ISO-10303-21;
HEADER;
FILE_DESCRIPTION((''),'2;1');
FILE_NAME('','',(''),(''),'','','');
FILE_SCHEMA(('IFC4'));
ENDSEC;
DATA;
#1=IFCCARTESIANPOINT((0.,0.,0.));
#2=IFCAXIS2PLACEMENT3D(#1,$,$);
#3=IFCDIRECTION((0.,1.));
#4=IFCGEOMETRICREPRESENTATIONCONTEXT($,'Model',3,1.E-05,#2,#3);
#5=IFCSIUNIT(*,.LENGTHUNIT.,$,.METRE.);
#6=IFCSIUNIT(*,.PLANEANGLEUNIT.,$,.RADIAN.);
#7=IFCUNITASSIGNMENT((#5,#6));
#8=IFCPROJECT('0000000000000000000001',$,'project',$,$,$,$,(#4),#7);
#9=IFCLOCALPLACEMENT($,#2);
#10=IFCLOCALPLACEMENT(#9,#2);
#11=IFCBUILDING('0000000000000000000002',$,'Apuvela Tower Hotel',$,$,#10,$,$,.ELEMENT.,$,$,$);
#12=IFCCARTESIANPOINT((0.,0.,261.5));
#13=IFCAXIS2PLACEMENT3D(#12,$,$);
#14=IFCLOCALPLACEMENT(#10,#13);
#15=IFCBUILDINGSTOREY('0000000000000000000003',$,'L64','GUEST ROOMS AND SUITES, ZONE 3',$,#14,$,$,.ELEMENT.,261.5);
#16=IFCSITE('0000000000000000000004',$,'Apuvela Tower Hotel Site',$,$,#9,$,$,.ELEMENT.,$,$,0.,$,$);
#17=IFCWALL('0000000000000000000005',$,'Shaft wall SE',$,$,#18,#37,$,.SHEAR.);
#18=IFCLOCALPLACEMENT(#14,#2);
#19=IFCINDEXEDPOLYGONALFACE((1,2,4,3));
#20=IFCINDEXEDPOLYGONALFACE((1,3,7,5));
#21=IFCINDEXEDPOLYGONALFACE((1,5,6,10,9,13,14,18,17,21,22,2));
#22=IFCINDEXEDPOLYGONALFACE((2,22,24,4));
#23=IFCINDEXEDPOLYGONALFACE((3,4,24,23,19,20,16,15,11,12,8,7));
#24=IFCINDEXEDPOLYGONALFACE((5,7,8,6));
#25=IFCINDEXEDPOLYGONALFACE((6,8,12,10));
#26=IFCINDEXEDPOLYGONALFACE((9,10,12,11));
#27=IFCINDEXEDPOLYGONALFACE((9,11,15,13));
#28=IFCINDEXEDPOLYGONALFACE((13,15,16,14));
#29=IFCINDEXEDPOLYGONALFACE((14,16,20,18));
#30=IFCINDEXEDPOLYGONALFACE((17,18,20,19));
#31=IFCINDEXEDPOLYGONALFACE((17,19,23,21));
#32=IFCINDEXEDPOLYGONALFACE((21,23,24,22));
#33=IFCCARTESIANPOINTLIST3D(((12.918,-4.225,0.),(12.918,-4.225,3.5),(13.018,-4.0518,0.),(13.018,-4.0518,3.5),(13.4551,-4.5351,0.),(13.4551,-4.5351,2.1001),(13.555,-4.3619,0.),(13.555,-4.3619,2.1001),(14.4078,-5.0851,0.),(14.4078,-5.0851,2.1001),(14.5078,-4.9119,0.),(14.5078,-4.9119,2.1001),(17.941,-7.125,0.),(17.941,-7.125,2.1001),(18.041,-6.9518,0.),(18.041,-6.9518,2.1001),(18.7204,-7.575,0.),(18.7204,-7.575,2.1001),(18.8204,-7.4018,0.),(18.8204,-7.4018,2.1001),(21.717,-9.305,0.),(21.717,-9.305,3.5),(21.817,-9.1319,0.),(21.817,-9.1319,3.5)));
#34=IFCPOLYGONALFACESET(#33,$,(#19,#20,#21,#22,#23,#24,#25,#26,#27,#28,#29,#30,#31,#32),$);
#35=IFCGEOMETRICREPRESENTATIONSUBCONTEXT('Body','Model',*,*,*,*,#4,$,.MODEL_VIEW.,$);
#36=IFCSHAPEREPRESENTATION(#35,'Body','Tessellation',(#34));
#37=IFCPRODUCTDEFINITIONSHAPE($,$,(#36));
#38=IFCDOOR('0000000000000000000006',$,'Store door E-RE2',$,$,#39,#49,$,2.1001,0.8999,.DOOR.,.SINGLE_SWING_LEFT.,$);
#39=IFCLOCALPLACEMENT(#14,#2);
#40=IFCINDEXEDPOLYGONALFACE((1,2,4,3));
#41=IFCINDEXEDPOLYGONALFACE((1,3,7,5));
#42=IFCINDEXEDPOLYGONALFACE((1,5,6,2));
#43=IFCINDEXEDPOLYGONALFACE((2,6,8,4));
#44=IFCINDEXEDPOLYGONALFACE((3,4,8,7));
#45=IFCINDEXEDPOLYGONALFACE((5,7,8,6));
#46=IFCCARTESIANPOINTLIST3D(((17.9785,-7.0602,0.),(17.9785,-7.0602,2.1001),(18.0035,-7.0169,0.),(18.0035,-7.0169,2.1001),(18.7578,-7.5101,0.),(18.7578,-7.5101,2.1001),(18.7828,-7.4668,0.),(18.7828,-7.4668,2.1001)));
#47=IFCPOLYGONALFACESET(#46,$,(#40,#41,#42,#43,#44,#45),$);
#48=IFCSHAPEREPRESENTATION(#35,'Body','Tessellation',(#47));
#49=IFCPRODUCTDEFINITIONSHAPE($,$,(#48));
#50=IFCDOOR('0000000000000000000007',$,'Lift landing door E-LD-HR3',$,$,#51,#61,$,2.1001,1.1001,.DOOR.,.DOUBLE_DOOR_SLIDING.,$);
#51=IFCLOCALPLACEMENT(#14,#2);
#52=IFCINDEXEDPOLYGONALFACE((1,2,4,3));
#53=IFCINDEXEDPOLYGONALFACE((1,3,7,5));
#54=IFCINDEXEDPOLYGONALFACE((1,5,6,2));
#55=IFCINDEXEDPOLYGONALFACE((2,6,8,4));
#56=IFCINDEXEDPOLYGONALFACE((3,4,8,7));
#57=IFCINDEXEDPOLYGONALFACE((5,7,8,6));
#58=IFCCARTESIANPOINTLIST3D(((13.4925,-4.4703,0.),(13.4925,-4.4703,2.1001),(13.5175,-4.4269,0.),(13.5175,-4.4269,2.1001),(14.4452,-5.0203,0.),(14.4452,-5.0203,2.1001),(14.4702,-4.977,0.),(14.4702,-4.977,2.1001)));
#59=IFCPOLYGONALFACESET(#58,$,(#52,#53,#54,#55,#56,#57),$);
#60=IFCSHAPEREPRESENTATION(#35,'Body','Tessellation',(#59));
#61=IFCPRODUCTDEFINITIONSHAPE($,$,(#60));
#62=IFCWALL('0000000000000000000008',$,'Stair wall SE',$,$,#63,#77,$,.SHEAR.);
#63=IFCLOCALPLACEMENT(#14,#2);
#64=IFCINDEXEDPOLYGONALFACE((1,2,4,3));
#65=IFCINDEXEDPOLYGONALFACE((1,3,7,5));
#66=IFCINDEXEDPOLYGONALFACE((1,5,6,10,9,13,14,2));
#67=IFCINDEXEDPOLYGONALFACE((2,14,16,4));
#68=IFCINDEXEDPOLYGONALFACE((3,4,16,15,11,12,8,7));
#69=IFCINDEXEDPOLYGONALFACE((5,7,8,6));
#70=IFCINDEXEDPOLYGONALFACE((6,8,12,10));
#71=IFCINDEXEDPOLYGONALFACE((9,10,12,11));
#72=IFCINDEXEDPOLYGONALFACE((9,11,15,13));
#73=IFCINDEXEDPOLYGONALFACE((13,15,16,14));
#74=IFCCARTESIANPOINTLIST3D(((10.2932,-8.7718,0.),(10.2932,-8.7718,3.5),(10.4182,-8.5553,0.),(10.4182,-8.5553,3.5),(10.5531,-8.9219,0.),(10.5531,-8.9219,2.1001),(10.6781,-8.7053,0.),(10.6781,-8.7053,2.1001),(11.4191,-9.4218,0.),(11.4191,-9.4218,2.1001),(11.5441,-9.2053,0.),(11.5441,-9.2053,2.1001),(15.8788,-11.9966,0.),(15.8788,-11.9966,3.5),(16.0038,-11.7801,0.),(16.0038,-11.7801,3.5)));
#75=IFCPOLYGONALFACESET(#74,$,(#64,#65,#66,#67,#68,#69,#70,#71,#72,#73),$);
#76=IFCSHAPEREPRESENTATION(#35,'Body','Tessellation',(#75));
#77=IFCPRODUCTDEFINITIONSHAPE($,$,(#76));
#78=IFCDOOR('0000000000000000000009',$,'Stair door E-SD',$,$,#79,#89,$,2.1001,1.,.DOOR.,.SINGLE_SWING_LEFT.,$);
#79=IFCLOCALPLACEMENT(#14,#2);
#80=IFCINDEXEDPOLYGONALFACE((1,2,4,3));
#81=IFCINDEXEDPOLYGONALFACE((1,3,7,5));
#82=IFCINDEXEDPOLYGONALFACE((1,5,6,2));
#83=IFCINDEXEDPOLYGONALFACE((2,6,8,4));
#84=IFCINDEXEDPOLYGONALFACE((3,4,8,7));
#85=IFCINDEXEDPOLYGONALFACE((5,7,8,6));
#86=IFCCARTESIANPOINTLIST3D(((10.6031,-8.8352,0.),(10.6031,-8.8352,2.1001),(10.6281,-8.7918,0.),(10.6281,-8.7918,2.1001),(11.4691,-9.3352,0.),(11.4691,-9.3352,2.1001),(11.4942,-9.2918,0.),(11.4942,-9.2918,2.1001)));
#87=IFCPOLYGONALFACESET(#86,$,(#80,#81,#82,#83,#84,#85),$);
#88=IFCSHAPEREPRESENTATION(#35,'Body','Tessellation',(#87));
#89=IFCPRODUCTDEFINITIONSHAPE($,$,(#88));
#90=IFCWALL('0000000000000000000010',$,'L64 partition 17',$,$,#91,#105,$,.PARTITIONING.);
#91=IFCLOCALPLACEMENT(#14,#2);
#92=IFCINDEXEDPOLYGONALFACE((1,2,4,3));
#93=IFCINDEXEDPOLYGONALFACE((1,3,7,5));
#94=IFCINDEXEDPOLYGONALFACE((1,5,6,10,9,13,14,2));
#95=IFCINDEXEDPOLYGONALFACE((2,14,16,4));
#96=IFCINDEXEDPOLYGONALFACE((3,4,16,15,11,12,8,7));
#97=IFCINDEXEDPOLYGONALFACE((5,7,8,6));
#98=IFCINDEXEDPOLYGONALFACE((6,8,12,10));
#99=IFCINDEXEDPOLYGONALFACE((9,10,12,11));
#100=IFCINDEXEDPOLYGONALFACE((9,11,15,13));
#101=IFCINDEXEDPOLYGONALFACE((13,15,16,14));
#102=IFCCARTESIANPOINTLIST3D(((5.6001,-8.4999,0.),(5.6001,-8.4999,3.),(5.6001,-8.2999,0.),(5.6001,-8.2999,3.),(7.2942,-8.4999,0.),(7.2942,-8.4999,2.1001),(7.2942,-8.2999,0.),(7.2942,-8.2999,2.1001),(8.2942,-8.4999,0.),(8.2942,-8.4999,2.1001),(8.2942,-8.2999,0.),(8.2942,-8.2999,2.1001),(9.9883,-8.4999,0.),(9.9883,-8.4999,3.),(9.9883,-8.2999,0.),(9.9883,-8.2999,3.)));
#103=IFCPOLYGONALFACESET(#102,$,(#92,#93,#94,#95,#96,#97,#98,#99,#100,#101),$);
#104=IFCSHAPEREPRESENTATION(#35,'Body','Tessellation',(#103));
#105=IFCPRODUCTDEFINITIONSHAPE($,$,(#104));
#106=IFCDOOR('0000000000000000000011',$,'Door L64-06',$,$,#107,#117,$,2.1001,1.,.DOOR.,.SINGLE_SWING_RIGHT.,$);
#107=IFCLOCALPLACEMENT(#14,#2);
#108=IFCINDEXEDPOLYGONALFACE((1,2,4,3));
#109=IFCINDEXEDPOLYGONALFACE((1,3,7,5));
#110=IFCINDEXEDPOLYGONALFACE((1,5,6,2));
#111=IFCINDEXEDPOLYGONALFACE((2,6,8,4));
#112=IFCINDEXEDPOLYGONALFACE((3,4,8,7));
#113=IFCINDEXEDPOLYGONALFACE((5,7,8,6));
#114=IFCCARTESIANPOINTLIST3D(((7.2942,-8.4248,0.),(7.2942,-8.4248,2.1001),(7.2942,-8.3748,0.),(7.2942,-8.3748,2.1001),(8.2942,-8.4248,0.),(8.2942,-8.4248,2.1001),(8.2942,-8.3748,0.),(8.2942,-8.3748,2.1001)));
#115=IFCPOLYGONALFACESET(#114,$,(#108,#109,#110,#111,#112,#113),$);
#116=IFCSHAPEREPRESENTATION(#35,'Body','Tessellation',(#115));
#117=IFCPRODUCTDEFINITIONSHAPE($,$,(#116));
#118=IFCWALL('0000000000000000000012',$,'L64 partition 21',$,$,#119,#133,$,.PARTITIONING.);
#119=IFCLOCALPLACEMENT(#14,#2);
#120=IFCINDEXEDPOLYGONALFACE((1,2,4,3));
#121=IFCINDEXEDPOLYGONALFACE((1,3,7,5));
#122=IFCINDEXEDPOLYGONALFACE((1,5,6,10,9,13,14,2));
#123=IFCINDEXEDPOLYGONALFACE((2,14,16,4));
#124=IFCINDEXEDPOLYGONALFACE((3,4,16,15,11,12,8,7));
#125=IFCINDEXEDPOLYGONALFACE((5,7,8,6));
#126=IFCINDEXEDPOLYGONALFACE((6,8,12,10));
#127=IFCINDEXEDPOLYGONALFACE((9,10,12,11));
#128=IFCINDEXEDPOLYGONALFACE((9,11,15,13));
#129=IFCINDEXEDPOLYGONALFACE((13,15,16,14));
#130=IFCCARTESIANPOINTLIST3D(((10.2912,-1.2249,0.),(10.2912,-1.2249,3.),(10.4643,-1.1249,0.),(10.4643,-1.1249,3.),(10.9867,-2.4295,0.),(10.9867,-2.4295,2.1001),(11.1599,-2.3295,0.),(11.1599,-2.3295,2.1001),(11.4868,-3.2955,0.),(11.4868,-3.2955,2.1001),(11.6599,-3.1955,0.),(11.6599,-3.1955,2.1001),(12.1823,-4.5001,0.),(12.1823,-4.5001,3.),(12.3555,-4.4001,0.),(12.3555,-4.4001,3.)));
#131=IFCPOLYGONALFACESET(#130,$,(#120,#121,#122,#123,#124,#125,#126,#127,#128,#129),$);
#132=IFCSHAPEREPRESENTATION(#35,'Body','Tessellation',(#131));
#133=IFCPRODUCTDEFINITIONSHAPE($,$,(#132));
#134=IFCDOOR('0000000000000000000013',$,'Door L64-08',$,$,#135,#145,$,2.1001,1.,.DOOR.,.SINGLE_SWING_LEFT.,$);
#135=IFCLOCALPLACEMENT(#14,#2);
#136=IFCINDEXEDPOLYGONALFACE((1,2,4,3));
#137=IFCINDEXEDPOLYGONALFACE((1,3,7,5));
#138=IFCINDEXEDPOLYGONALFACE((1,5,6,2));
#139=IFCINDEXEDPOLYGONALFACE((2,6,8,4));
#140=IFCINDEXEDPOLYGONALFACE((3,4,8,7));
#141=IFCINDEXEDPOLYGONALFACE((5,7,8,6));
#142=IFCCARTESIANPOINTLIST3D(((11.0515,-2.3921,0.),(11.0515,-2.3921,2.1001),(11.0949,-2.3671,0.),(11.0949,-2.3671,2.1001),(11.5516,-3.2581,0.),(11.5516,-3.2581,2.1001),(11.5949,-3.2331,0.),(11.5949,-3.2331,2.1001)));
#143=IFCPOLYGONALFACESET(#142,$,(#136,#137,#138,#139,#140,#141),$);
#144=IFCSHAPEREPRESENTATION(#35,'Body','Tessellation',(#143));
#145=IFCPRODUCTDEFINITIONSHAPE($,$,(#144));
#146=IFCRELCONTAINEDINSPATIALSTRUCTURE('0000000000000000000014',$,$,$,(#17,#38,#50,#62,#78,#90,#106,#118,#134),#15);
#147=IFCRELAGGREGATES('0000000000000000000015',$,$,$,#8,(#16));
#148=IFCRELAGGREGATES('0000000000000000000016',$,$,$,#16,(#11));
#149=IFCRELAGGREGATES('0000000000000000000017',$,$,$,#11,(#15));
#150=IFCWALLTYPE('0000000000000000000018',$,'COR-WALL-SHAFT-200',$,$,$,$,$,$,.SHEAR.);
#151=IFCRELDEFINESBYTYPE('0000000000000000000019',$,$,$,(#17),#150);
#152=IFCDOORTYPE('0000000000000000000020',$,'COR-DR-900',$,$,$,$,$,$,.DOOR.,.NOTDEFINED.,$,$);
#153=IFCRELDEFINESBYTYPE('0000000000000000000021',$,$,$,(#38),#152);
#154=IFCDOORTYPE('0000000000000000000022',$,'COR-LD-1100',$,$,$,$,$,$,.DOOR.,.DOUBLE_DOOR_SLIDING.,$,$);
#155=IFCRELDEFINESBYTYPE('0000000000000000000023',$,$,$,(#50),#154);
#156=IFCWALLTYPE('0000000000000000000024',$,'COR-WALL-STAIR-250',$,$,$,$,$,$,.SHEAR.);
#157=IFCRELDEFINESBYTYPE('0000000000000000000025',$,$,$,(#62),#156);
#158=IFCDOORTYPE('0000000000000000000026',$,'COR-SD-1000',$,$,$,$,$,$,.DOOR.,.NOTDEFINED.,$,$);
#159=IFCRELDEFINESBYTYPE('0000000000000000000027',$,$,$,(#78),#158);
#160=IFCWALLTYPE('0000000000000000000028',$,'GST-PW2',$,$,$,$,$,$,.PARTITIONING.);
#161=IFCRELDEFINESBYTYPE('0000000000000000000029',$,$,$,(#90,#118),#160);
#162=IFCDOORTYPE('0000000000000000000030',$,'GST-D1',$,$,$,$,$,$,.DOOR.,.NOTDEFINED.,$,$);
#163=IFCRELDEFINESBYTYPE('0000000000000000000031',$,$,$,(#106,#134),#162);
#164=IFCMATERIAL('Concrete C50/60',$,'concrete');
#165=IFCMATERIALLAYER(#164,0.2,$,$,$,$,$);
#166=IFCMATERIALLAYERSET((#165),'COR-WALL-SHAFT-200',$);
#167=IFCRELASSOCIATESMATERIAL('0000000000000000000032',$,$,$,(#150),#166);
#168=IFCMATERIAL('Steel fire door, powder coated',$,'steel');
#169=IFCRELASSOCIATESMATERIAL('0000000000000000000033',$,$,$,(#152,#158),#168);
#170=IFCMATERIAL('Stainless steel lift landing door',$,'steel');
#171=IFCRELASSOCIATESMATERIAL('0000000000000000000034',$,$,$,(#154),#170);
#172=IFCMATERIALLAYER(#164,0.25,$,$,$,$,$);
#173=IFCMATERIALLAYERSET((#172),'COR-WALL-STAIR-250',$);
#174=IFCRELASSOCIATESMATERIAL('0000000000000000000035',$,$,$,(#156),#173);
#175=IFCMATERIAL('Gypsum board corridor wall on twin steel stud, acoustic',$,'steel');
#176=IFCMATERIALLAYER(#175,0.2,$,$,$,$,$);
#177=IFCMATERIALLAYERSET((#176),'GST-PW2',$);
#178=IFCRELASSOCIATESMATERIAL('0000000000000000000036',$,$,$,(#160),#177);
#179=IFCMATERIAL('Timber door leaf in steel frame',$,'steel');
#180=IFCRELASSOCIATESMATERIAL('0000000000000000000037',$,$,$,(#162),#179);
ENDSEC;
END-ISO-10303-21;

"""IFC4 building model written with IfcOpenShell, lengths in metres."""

from ifc_helpers import new_model, si_unit, direction, frame, frame_2d, origin, place, context, subcontext, project, spatial, rectangle, extrude, material, layer, layer_set, type_object, element, fill, save


model = new_model("IFC4")

# Units and contexts
model_context = context("Model", 3, precision=1e-05, world=origin(), true_north=direction((0.0, 1.0)))
body_context = subcontext(model_context, "Body", "Model", "MODEL_VIEW")
ifc_project = project(units=[si_unit("LENGTHUNIT", "METRE"), si_unit("PLANEANGLEUNIT", "RADIAN")], contexts=[model_context])

# Site, building, storey
site_placement = place(None, origin())
site = spatial("IfcSite", under=ifc_project, at=site_placement, Name="Apuvela Tower Hotel Site", CompositionType="ELEMENT", RefElevation=0.0)
building_placement = place(site_placement, origin())
building = spatial("IfcBuilding", under=site, at=building_placement, Name="Apuvela Tower Hotel", CompositionType="ELEMENT")
storey_placement = place(building_placement, frame((0.0, 0.0, 261.5)))
storey = spatial("IfcBuildingStorey", under=building, at=storey_placement, Name="L64", Description="GUEST ROOMS AND SUITES, ZONE 3", CompositionType="ELEMENT", Elevation=261.5)

# Shared definitions
ifc_material_1 = material(Name="Concrete C50/60", Category="concrete")
ifc_material_2 = material(Name="Steel fire door, powder coated", Category="steel")

# Shared definitions
ifc_layer_1 = layer(ifc_material_1, 0.2)
ifc_layer_set_1 = layer_set([ifc_layer_1], Name="COR-WALL-SHAFT-200")
wall_type_1 = type_object("IfcWallType", Name="COR-WALL-SHAFT-200", PredefinedType="SHEAR", material=ifc_layer_set_1)
ifc_material_3 = material(Name="Stainless steel lift landing door", Category="steel")

# Wall, openings, doors
wall_1_placement = place(storey_placement, frame((12.968, -4.1384, 0.0), z_axis=(0.0, 0.0, 1.0), x_axis=(0.866028, -0.499995, 0.0)))
wall_1 = element("IfcWall", 1, at=wall_1_placement, inside=storey, type_object=wall_type_1, Name="Shaft wall SE", PredefinedType="SHEAR", context=body_context, shape_type="SweptSolid", body=[
    extrude(rectangle(XDim=10.1602, YDim=0.2, at=frame_2d((5.0801, 0.0))), origin(), (0.0, 0.0, 1.0), 3.5),
])
opening_1_placement = place(wall_1_placement, frame((0.6201, 0.0, 0.0)))
opening_1 = element("IfcOpeningElement", 2, at=opening_1_placement, cuts=wall_1, PredefinedType="OPENING", context=body_context, shape_type="SweptSolid", body=[
    extrude(rectangle(XDim=1.1001, YDim=2.1001, at=frame_2d((0.55, 1.05))), frame((0.0, 0.1099, 0.0), z_axis=(0.0, -1.0, 0.0), x_axis=(1.0, 0.0, 0.0)), (0.0, 0.0, 1.0), 0.22),
])
opening_2_placement = place(wall_1_placement, frame((5.8, 0.0, 0.0)))
opening_2 = element("IfcOpeningElement", 3, at=opening_2_placement, cuts=wall_1, PredefinedType="OPENING", context=body_context, shape_type="SweptSolid", body=[
    extrude(rectangle(XDim=0.8999, YDim=2.1001, at=frame_2d((0.45, 1.05))), frame((0.0, 0.1099, 0.0), z_axis=(0.0, -1.0, 0.0), x_axis=(1.0, 0.0, 0.0)), (0.0, 0.0, 1.0), 0.22),
])
door_type_1 = type_object("IfcDoorType", Name="COR-DR-900", OperationType="NOTDEFINED", PredefinedType="DOOR", material=ifc_material_2)
door_1_placement = place(opening_2_placement, origin())
door_1 = element("IfcDoor", 4, at=door_1_placement, inside=storey, type_object=door_type_1, Name="Store door E-RE2", OperationType="SINGLE_SWING_LEFT", OverallHeight=2.1001, OverallWidth=0.8999, PredefinedType="DOOR", context=body_context, shape_type="SweptSolid", body=[
    extrude(rectangle(XDim=0.8999, YDim=2.1001, at=frame_2d((0.45, 1.05))), frame((0.0, 0.0249, 0.0), z_axis=(0.0, -1.0, 0.0), x_axis=(1.0, 0.0, 0.0)), (0.0, 0.0, 1.0), 0.05),
])
fill(opening_2, door_1)
door_type_2 = type_object("IfcDoorType", Name="COR-LD-1100", OperationType="DOUBLE_DOOR_SLIDING", PredefinedType="DOOR", material=ifc_material_3)
door_2_placement = place(opening_1_placement, origin())
door_2 = element("IfcDoor", 5, at=door_2_placement, inside=storey, type_object=door_type_2, Name="Lift landing door E-LD-HR3", OperationType="DOUBLE_DOOR_SLIDING", OverallHeight=2.1001, OverallWidth=1.1001, PredefinedType="DOOR", context=body_context, shape_type="SweptSolid", body=[
    extrude(rectangle(XDim=1.1001, YDim=2.1001, at=frame_2d((0.55, 1.05))), frame((0.0, 0.0249, 0.0), z_axis=(0.0, -1.0, 0.0), x_axis=(1.0, 0.0, 0.0)), (0.0, 0.0, 1.0), 0.05),
])
fill(opening_1, door_2)

# Walls, openings, doors
ifc_layer_2 = layer(ifc_material_1, 0.25)
ifc_layer_set_2 = layer_set([ifc_layer_2], Name="COR-WALL-STAIR-250")
wall_type_2 = type_object("IfcWallType", Name="COR-WALL-STAIR-250", PredefinedType="SHEAR", material=ifc_layer_set_2)
wall_2_placement = place(storey_placement, frame((10.3557, -8.6636, 0.0), z_axis=(0.0, 0.0, 1.0), x_axis=(0.866029, -0.499994, 0.0)))
wall_2 = element("IfcWall", 6, at=wall_2_placement, inside=storey, type_object=wall_type_2, Name="Stair wall SE", PredefinedType="SHEAR", context=body_context, shape_type="SweptSolid", body=[
    extrude(rectangle(XDim=6.4497, YDim=0.25, at=frame_2d((3.2249, 0.0))), origin(), (0.0, 0.0, 1.0), 3.5),
])
opening_3_placement = place(wall_2_placement, frame((0.3, 0.0, 0.0)))
opening_3 = element("IfcOpeningElement", 7, at=opening_3_placement, cuts=wall_2, PredefinedType="OPENING", context=body_context, shape_type="SweptSolid", body=[
    extrude(rectangle(XDim=1.0, YDim=2.1001, at=frame_2d((0.5, 1.05))), frame((0.0, 0.135, 0.0), z_axis=(0.0, -1.0, 0.0), x_axis=(1.0, 0.0, 0.0)), (0.0, 0.0, 1.0), 0.27),
])
door_type_3 = type_object("IfcDoorType", Name="COR-SD-1000", OperationType="NOTDEFINED", PredefinedType="DOOR", material=ifc_material_2)
door_3_placement = place(opening_3_placement, frame((1.0, 0.0, 0.0), z_axis=(0.0, 0.0, 1.0), x_axis=(-1.0, 0.0, 0.0)))
door_3 = element("IfcDoor", 8, at=door_3_placement, inside=storey, type_object=door_type_3, Name="Stair door E-SD", OperationType="SINGLE_SWING_LEFT", OverallHeight=2.1001, OverallWidth=1.0, PredefinedType="DOOR", context=body_context, shape_type="SweptSolid", body=[
    extrude(rectangle(XDim=1.0, YDim=2.1001, at=frame_2d((0.5, 1.05))), frame((0.0, 0.0249, 0.0), z_axis=(0.0, -1.0, 0.0), x_axis=(1.0, 0.0, 0.0)), (0.0, 0.0, 1.0), 0.05),
])
fill(opening_3, door_3)
ifc_material_4 = material(Name="Gypsum board corridor wall on twin steel stud, acoustic", Category="steel")
ifc_layer_3 = layer(ifc_material_4, 0.2)
ifc_layer_set_3 = layer_set([ifc_layer_3], Name="GST-PW2")
wall_type_3 = type_object("IfcWallType", Name="GST-PW2", PredefinedType="PARTITIONING", material=ifc_layer_set_3)
wall_3_placement = place(storey_placement, frame((9.9883, -8.3999, 0.0), z_axis=(0.0, 0.0, 1.0), x_axis=(-1.0, 0.0, 0.0)))
wall_3 = element("IfcWall", 9, at=wall_3_placement, inside=storey, type_object=wall_type_3, Name="L64 partition 17", PredefinedType="PARTITIONING", context=body_context, shape_type="SweptSolid", body=[
    extrude(rectangle(XDim=4.3882, YDim=0.2, at=frame_2d((2.1941, 0.0))), origin(), (0.0, 0.0, 1.0), 3.0),
])
opening_4_placement = place(wall_3_placement, frame((1.6941, 0.0, 0.0)))
opening_4 = element("IfcOpeningElement", 10, at=opening_4_placement, cuts=wall_3, PredefinedType="OPENING", context=body_context, shape_type="SweptSolid", body=[
    extrude(rectangle(XDim=1.0, YDim=2.1001, at=frame_2d((0.5, 1.05))), frame((0.0, 0.1099, 0.0), z_axis=(0.0, -1.0, 0.0), x_axis=(1.0, 0.0, 0.0)), (0.0, 0.0, 1.0), 0.22),
])
ifc_material_5 = material(Name="Timber door leaf in steel frame", Category="steel")
door_type_4 = type_object("IfcDoorType", Name="GST-D1", OperationType="NOTDEFINED", PredefinedType="DOOR", material=ifc_material_5)
door_4_placement = place(opening_4_placement, origin())
door_4 = element("IfcDoor", 11, at=door_4_placement, inside=storey, type_object=door_type_4, Name="Door L64-06", OperationType="SINGLE_SWING_RIGHT", OverallHeight=2.1001, OverallWidth=1.0, PredefinedType="DOOR", context=body_context, shape_type="SweptSolid", body=[
    extrude(rectangle(XDim=1.0, YDim=2.1001, at=frame_2d((0.5, 1.05))), frame((0.0, 0.0249, 0.0), z_axis=(0.0, -1.0, 0.0), x_axis=(1.0, 0.0, 0.0)), (0.0, 0.0, 1.0), 0.05),
])
fill(opening_4, door_4)
wall_4_placement = place(storey_placement, frame((10.3777, -1.1748, 0.0), z_axis=(0.0, 0.0, 1.0), x_axis=(0.500041, -0.866002, 0.0)))
wall_4 = element("IfcWall", 12, at=wall_4_placement, inside=storey, type_object=wall_type_3, Name="L64 partition 21", PredefinedType="PARTITIONING", context=body_context, shape_type="SweptSolid", body=[
    extrude(rectangle(XDim=3.782, YDim=0.2, at=frame_2d((1.8911, 0.0))), origin(), (0.0, 0.0, 1.0), 3.0),
])
opening_5_placement = place(wall_4_placement, frame((1.3911, 0.0, 0.0)))
opening_5 = element("IfcOpeningElement", 13, at=opening_5_placement, cuts=wall_4, PredefinedType="OPENING", context=body_context, shape_type="SweptSolid", body=[
    extrude(rectangle(XDim=1.0, YDim=2.1001, at=frame_2d((0.5, 1.05))), frame((0.0, 0.1099, 0.0), z_axis=(0.0, -1.0, 0.0), x_axis=(1.0, 0.0, 0.0)), (0.0, 0.0, 1.0), 0.22),
])
door_5_placement = place(opening_5_placement, origin())
door_5 = element("IfcDoor", 14, at=door_5_placement, inside=storey, type_object=door_type_4, Name="Door L64-08", OperationType="SINGLE_SWING_LEFT", OverallHeight=2.1001, OverallWidth=1.0, PredefinedType="DOOR", context=body_context, shape_type="SweptSolid", body=[
    extrude(rectangle(XDim=1.0, YDim=2.1001, at=frame_2d((0.5, 1.05))), frame((0.0, 0.0249, 0.0), z_axis=(0.0, -1.0, 0.0), x_axis=(1.0, 0.0, 0.0)), (0.0, 0.0, 1.0), 0.05),
])
fill(opening_5, door_5)

save(model, "model.ifc")
